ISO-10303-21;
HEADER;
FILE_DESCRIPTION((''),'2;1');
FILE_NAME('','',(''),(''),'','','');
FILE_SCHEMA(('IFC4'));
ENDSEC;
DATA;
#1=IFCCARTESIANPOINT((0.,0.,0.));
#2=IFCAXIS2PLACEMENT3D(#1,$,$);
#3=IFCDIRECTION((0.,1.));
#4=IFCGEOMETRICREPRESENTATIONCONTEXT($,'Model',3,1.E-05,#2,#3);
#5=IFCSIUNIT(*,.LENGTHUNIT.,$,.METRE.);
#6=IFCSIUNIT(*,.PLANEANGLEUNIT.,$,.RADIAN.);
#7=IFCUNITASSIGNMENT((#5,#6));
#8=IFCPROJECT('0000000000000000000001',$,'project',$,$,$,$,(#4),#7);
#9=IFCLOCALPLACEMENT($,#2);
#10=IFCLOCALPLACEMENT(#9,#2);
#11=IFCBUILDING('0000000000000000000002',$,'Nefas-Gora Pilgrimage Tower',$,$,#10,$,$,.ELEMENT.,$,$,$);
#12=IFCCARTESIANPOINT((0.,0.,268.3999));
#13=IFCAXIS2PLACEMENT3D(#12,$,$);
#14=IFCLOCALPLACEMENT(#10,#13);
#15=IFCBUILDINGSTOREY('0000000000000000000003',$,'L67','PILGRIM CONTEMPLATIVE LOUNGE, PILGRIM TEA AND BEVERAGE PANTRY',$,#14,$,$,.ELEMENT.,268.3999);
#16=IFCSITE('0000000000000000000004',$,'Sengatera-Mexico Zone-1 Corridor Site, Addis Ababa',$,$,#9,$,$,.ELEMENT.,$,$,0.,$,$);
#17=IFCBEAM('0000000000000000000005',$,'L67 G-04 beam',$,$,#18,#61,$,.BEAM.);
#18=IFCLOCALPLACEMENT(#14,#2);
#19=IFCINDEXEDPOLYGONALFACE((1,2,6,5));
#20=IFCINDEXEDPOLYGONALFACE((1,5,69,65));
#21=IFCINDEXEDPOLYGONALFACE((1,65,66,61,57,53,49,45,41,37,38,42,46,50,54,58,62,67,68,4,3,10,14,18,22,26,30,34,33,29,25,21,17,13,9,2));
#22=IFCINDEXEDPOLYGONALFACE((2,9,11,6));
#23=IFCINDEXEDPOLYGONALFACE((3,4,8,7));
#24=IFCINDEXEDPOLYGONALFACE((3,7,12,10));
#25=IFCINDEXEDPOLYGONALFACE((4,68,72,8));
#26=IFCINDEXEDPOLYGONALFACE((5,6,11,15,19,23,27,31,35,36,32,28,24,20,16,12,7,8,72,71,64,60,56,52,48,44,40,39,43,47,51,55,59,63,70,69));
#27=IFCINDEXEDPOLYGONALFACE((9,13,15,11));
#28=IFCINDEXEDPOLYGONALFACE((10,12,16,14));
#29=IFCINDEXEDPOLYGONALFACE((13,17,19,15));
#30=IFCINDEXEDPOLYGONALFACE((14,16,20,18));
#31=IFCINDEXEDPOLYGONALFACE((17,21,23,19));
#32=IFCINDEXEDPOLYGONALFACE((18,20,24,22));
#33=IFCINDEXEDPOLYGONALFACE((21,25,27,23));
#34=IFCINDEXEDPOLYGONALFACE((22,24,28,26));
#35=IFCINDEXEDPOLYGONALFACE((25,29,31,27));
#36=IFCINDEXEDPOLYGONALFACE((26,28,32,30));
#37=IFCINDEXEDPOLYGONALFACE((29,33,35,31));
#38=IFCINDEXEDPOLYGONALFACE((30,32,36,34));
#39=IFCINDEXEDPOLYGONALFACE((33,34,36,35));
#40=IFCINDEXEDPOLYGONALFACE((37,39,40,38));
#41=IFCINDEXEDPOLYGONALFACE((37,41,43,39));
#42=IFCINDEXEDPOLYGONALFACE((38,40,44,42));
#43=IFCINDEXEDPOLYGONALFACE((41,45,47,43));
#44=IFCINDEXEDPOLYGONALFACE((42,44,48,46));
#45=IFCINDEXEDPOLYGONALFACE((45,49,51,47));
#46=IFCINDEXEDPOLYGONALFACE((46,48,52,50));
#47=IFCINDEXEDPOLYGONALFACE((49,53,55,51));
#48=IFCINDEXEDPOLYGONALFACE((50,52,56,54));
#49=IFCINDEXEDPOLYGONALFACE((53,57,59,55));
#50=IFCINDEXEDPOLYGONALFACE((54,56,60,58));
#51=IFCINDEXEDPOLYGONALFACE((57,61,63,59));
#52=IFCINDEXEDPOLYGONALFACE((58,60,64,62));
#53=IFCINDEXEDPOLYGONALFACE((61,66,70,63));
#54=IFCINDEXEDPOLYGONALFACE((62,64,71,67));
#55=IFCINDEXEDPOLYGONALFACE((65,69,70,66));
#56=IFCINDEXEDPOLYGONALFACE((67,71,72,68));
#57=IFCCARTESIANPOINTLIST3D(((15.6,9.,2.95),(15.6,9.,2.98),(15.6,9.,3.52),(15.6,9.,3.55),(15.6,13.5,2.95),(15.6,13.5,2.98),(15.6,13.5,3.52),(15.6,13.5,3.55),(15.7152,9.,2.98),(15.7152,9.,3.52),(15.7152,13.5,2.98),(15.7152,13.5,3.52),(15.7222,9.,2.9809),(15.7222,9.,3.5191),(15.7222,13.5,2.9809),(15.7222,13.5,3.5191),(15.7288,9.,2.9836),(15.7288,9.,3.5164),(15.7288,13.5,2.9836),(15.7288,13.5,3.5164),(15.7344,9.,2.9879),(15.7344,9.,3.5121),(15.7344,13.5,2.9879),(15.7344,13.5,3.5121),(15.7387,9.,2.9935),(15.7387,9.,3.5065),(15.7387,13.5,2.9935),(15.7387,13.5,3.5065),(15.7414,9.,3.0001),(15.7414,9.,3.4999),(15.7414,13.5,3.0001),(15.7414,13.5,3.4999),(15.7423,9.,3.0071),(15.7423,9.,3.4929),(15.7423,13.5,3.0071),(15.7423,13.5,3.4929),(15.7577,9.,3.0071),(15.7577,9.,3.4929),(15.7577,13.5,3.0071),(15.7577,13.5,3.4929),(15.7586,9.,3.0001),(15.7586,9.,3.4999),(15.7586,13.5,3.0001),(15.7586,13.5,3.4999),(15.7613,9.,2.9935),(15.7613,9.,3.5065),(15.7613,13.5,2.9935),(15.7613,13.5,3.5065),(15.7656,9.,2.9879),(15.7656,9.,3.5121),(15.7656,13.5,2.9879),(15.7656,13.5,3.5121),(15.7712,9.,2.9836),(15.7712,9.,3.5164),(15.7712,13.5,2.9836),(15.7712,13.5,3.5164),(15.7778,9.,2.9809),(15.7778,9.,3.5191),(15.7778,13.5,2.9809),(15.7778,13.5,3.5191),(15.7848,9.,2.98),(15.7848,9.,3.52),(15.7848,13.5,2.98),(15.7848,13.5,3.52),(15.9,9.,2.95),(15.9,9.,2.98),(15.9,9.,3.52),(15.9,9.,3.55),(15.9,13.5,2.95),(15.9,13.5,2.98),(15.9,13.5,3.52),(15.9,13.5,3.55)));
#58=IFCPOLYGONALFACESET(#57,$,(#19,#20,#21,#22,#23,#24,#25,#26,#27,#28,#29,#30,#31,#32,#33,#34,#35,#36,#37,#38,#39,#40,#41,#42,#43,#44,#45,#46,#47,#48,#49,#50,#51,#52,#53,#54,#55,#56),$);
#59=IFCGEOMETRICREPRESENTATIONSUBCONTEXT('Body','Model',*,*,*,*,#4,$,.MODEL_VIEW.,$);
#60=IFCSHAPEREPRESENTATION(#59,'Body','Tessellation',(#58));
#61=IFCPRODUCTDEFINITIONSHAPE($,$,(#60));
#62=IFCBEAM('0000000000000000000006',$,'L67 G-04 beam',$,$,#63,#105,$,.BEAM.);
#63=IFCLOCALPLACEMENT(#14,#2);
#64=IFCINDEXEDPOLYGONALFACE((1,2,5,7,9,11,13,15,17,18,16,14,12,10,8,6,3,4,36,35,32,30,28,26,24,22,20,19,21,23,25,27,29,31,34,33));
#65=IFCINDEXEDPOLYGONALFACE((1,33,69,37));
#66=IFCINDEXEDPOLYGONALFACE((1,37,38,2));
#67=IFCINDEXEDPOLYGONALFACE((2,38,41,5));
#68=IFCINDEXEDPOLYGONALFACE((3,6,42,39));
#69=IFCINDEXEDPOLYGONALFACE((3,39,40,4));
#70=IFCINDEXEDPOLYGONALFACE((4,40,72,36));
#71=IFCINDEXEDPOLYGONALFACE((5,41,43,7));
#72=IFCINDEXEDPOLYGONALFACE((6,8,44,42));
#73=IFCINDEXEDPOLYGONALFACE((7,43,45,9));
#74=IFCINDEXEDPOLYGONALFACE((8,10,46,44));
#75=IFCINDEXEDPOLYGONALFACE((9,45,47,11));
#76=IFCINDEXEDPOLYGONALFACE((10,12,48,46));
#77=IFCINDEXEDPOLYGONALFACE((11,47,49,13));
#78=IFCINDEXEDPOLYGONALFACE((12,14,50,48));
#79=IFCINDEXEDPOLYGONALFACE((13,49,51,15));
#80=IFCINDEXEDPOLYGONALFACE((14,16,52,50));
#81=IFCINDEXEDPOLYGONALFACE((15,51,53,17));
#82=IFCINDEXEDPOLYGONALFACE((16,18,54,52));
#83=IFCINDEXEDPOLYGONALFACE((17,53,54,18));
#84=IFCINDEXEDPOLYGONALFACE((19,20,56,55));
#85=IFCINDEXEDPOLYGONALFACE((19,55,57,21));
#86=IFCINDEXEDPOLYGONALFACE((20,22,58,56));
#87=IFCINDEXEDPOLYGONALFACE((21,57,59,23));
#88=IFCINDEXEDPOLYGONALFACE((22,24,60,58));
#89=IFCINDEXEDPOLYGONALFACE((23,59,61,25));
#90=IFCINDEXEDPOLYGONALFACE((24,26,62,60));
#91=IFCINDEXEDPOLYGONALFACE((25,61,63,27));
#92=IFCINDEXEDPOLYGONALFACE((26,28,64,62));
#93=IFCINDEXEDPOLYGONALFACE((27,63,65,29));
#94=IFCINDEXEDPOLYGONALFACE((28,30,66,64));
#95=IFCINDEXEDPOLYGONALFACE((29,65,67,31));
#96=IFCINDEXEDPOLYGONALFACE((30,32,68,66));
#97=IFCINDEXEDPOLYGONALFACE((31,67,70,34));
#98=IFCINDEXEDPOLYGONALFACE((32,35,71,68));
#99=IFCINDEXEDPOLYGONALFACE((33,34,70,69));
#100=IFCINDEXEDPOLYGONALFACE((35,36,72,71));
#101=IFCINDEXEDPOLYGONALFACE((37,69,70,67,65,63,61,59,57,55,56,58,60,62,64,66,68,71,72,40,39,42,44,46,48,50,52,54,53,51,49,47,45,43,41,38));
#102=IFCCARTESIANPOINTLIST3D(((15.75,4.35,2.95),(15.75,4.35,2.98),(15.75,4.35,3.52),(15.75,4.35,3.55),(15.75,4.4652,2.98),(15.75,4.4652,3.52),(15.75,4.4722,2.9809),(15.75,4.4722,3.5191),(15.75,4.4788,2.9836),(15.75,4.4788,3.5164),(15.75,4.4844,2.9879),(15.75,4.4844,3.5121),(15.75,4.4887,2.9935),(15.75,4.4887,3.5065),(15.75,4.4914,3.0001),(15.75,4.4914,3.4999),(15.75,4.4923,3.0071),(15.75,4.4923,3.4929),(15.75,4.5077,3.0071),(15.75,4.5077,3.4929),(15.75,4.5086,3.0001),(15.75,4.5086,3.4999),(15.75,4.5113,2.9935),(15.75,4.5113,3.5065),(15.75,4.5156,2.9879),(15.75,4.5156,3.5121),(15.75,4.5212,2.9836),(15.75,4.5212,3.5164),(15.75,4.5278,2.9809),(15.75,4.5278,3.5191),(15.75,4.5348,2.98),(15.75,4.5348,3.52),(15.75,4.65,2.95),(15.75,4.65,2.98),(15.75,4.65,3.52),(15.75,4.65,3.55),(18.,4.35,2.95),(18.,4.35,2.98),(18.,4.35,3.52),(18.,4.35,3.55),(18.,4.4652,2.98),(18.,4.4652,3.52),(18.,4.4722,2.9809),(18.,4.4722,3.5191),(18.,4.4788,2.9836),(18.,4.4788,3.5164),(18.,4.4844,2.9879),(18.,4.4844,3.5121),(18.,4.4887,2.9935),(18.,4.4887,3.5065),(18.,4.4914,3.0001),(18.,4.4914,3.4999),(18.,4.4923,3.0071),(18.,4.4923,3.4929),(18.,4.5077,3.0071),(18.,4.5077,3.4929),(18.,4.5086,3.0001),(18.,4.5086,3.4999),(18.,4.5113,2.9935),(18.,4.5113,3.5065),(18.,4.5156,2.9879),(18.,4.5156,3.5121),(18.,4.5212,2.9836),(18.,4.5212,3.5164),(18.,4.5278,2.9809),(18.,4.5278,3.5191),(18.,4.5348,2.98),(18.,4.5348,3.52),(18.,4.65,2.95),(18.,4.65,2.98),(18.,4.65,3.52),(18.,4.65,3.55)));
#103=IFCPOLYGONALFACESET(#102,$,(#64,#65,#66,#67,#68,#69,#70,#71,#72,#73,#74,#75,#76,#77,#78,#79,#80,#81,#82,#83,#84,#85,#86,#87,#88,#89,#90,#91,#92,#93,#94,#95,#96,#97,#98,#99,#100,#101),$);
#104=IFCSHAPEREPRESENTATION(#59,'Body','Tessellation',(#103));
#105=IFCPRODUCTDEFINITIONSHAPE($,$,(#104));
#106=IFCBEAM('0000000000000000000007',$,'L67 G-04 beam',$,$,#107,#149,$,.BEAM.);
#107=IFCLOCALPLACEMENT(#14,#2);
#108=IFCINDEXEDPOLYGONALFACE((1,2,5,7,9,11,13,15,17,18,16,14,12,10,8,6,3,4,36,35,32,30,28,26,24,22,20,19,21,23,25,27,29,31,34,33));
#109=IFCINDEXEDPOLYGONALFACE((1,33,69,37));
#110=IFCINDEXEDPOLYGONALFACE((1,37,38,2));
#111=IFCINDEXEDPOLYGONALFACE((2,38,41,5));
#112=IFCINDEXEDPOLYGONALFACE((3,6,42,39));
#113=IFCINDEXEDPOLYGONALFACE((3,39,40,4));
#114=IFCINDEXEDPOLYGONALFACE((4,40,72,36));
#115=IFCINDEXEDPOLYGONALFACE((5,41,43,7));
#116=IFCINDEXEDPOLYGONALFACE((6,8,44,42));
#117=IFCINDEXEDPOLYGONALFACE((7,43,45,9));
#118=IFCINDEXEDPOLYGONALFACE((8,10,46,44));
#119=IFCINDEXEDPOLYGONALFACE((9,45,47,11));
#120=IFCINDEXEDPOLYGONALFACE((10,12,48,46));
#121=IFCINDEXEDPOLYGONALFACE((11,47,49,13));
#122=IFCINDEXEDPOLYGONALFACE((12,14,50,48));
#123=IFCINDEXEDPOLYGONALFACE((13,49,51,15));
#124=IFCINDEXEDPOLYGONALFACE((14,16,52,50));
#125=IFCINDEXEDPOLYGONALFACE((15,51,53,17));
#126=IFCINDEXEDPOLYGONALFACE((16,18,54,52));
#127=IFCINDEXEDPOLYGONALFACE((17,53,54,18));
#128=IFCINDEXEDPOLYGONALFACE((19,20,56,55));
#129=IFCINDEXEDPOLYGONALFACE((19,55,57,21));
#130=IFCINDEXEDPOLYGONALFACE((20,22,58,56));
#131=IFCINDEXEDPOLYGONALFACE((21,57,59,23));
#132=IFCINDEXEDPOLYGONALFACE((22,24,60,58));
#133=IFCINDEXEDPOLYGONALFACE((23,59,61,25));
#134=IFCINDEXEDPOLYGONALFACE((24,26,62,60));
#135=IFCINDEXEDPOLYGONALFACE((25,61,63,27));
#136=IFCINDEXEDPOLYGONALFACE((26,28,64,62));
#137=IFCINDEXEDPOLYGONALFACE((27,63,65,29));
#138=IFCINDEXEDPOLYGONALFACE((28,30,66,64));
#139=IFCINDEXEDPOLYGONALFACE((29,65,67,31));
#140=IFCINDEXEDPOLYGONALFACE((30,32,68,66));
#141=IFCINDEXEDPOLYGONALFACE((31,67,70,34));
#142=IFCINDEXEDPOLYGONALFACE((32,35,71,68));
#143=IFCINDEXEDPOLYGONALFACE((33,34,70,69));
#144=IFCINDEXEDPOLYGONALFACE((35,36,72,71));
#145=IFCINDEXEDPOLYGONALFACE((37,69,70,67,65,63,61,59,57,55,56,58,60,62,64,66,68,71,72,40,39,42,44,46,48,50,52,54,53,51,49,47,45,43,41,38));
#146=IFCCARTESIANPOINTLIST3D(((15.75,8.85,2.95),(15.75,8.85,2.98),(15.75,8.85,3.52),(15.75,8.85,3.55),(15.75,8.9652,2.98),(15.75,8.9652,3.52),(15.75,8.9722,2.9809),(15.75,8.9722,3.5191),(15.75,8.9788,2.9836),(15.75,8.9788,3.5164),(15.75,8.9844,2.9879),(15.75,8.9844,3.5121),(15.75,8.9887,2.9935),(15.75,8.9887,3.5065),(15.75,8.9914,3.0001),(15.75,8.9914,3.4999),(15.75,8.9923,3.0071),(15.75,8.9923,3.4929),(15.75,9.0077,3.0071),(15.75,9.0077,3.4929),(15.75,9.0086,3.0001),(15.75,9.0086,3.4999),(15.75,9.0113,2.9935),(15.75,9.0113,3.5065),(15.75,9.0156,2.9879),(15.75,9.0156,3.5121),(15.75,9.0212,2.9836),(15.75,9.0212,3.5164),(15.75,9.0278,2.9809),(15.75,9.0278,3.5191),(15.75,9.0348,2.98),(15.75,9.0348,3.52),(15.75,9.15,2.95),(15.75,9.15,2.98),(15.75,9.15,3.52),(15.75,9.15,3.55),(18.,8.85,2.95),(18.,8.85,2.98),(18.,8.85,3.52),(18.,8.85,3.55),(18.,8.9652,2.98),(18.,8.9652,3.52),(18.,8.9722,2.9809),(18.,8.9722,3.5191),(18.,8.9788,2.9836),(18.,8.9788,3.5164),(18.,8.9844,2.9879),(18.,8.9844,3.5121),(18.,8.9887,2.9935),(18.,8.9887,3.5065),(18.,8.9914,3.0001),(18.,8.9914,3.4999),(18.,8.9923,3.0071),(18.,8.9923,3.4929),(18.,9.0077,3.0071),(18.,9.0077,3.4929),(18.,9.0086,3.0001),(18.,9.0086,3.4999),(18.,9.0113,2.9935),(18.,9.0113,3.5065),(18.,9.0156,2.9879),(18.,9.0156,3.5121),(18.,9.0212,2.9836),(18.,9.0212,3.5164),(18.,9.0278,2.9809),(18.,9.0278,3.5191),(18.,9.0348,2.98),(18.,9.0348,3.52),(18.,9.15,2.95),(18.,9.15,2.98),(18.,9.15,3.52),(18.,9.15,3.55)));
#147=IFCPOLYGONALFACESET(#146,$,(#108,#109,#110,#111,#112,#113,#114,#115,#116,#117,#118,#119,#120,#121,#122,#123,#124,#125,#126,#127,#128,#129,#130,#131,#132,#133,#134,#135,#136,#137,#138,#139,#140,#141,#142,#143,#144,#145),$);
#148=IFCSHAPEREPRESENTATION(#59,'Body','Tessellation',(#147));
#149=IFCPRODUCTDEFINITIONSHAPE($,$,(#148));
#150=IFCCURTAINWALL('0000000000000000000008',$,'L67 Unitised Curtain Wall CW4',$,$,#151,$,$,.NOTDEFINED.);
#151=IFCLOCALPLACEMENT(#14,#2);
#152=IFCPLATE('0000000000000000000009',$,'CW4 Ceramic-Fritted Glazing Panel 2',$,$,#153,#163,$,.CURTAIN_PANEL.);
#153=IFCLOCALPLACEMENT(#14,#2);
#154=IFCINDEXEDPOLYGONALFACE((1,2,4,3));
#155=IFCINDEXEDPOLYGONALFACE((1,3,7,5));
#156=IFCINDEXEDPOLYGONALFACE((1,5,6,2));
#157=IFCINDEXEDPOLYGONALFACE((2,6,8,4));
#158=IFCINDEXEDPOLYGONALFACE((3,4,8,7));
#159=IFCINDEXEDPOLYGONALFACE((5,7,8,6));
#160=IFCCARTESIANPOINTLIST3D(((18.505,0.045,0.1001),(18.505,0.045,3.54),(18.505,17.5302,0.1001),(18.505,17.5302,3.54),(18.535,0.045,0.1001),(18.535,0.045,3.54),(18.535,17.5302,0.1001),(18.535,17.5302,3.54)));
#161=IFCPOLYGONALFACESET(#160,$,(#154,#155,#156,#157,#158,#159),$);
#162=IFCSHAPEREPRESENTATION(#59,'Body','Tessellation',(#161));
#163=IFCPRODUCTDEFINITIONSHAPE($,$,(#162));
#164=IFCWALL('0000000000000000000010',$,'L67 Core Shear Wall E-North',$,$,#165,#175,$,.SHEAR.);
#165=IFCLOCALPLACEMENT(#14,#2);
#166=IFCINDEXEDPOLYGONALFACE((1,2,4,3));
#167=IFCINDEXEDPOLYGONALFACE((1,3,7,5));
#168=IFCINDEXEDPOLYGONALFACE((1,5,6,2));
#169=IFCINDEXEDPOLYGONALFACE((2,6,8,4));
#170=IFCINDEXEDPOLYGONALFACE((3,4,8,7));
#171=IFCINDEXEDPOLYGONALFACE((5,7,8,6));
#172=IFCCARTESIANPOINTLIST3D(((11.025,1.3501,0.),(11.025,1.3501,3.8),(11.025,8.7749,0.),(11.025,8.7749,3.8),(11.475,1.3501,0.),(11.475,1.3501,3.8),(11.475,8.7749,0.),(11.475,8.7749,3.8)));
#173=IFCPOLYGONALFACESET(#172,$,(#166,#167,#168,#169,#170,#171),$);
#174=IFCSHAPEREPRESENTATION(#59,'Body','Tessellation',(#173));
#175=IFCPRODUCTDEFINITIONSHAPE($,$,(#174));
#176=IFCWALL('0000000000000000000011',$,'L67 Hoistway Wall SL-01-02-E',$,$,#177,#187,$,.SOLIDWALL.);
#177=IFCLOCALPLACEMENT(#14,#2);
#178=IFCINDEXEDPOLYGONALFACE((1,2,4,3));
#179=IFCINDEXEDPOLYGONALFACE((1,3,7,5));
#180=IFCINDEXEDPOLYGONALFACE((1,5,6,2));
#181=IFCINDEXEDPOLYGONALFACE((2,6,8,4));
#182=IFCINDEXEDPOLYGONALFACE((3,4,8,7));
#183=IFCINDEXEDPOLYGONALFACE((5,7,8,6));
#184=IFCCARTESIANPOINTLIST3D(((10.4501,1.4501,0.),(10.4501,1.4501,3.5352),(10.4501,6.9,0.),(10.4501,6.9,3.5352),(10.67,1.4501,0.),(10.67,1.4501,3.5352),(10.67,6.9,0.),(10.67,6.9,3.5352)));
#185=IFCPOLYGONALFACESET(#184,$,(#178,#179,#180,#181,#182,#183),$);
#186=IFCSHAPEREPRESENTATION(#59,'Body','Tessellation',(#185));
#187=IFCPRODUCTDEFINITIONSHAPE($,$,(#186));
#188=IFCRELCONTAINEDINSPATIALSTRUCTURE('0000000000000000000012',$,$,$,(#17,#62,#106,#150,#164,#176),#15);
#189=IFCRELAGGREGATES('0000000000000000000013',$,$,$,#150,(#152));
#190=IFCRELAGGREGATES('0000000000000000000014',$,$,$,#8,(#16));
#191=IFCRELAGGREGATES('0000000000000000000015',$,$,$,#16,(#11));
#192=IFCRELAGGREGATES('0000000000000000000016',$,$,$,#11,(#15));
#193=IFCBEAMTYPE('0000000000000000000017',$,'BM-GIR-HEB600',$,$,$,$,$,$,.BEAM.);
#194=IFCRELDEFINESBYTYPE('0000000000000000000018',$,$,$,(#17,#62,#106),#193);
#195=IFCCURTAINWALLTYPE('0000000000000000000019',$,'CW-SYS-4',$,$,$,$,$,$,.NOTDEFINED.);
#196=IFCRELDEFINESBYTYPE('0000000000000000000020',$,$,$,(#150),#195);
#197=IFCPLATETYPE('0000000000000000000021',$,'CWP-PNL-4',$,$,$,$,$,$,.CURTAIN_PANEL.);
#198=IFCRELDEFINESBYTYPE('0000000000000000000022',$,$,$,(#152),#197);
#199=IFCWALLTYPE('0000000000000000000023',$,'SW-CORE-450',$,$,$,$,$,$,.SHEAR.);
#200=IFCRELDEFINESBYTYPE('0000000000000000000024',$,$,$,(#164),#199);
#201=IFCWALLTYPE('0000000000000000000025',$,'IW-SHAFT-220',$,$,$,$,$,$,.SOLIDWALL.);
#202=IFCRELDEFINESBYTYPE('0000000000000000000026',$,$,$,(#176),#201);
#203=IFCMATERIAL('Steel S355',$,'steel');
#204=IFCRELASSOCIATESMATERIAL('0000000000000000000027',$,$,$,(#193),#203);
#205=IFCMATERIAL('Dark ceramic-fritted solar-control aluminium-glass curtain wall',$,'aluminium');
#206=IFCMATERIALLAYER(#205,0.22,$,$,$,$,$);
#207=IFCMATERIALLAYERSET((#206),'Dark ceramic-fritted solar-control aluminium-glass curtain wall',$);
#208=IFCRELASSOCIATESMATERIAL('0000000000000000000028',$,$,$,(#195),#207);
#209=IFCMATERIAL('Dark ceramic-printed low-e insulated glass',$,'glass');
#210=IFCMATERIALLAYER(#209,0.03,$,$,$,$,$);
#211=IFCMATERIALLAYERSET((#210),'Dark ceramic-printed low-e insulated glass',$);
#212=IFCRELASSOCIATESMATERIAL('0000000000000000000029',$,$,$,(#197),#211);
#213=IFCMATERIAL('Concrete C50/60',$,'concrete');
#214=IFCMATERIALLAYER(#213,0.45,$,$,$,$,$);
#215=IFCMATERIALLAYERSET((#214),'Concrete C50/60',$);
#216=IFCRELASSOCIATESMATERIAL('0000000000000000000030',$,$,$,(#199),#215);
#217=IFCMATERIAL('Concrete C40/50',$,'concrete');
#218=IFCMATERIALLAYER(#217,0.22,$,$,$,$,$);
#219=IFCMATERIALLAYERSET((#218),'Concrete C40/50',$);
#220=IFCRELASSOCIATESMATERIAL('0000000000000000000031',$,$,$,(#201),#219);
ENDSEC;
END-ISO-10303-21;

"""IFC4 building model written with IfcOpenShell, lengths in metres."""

from ifc_helpers import new_model, si_unit, direction, frame, frame_2d, origin, origin_2d, place, context, subcontext, project, spatial, rectangle, i_section, extrude, source, transform, mapped, material, layer, layer_set, material_profile, profile_set, type_object, element, aggregate, save


model = new_model("IFC4")

# Units and contexts
model_context = context("Model", 3, precision=1e-05, world=origin(), true_north=direction((0.0, 1.0)))
body_context = subcontext(model_context, "Body", "Model", "MODEL_VIEW")
ifc_project = project(units=[si_unit("LENGTHUNIT", "METRE"), si_unit("PLANEANGLEUNIT", "RADIAN")], contexts=[model_context])

# Site, building, storey
site_placement = place(None, origin())
site = spatial("IfcSite", under=ifc_project, at=site_placement, Name="Sengatera-Mexico Zone-1 Corridor Site, Addis Ababa", CompositionType="ELEMENT", RefElevation=0.0)
building_placement = place(site_placement, origin())
building = spatial("IfcBuilding", under=site, at=building_placement, Name="Nefas-Gora Pilgrimage Tower", CompositionType="ELEMENT")
storey_placement = place(building_placement, frame((0.0, 0.0, 268.3999)))
storey = spatial("IfcBuildingStorey", under=building, at=storey_placement, Name="L67", Description="PILGRIM CONTEMPLATIVE LOUNGE, PILGRIM TEA AND BEVERAGE PANTRY", CompositionType="ELEMENT", Elevation=268.3999)

# Shared definitions
ifc_material_1 = material(Name="Steel S355", Category="steel")

# Beams
ifc_material_profile_1 = material_profile(ifc_material_1, i_section(OverallWidth=0.3, OverallDepth=0.6001, WebThickness=0.0154, FlangeThickness=0.03, FilletRadius=0.0271, at=origin_2d()), Name="HEB 600")
ifc_profile_set_1 = profile_set([ifc_material_profile_1], Name="Steel S355")
beam_type_1 = type_object("IfcBeamType", Name="BM-GIR-HEB600", PredefinedType="BEAM", material=ifc_profile_set_1)
shared_shape_1 = source(origin(), body_context, "Body", "SweptSolid", [
    extrude(i_section(OverallWidth=0.3, OverallDepth=0.6001, WebThickness=0.0154, FlangeThickness=0.03, FilletRadius=0.0271, at=origin_2d()), origin(), (0.0, 0.0, 1.0), 4.5),
])
for number, where, z_axis, x_axis, name in (
    (1, (15.75, 9.0, 3.25), (0.0, 1.0, 0.0), (-1.0, 0.0, 0.0), "L67 G-04 beam"),
):
    element("IfcBeam", number, at=place(storey_placement, frame(where, z_axis=z_axis, x_axis=x_axis)), inside=storey, type_object=beam_type_1, Name=name, PredefinedType="BEAM", context=body_context, shape_type="MappedRepresentation", body=[
        mapped(shared_shape_1, transform((0.0, 0.0, 0.0), x_axis=(1.0, 0.0, 0.0), y_axis=(0.0, 1.0, 0.0), z_axis=(0.0, 0.0, 1.0), scale=1.0)),
    ])
shared_shape_2 = source(origin(), body_context, "Body", "SweptSolid", [
    extrude(i_section(OverallWidth=0.3, OverallDepth=0.6001, WebThickness=0.0154, FlangeThickness=0.03, FilletRadius=0.0271, at=origin_2d()), origin(), (0.0, 0.0, 1.0), 2.25),
])
for number, where, z_axis, x_axis, name in (
    (2, (15.75, 4.5, 3.25), (1.0, 0.0, 0.0), (0.0, 1.0, 0.0), "L67 G-04 beam"),
    (3, (15.75, 9.0, 3.25), (1.0, 0.0, 0.0), (0.0, 1.0, 0.0), "L67 G-04 beam"),
):
    element("IfcBeam", number, at=place(storey_placement, frame(where, z_axis=z_axis, x_axis=x_axis)), inside=storey, type_object=beam_type_1, Name=name, PredefinedType="BEAM", context=body_context, shape_type="MappedRepresentation", body=[
        mapped(shared_shape_2, transform((0.0, 0.0, 0.0), x_axis=(1.0, 0.0, 0.0), y_axis=(0.0, 1.0, 0.0), z_axis=(0.0, 0.0, 1.0), scale=1.0)),
    ])

# Curtain wall, plate
ifc_material_2 = material(Name="Dark ceramic-fritted solar-control aluminium-glass curtain wall", Category="aluminium")
ifc_layer_1 = layer(ifc_material_2, 0.22)
ifc_layer_set_1 = layer_set([ifc_layer_1], Name="Dark ceramic-fritted solar-control aluminium-glass curtain wall")
curtain_wall_type = type_object("IfcCurtainWallType", Name="CW-SYS-4", PredefinedType="NOTDEFINED", material=ifc_layer_set_1)
curtain_wall_placement = place(storey_placement, origin())
curtain_wall = element("IfcCurtainWall", 4, at=curtain_wall_placement, inside=storey, type_object=curtain_wall_type, Name="L67 Unitised Curtain Wall CW4", PredefinedType="NOTDEFINED")
ifc_material_3 = material(Name="Dark ceramic-printed low-e insulated glass", Category="glass")
ifc_layer_2 = layer(ifc_material_3, 0.03)
ifc_layer_set_2 = layer_set([ifc_layer_2], Name="Dark ceramic-printed low-e insulated glass")
plate_type = type_object("IfcPlateType", Name="CWP-PNL-4", PredefinedType="CURTAIN_PANEL", material=ifc_layer_set_2)
shared_shape_3 = source(origin(), body_context, "Body", "SweptSolid", [
    extrude(rectangle(XDim=17.4851, YDim=0.03, at=origin_2d()), origin(), (0.0, 0.0, 1.0), 3.4399),
])
plate_placement = place(storey_placement, frame((18.52, 8.7876, 0.1001), z_axis=(0.0, 0.0, 1.0), x_axis=(0.0, 1.0, 0.0)))
plate = element("IfcPlate", 5, at=plate_placement, type_object=plate_type, Name="CW4 Ceramic-Fritted Glazing Panel 2", PredefinedType="CURTAIN_PANEL", context=body_context, shape_type="MappedRepresentation", body=[
    mapped(shared_shape_3, transform((0.0, 0.0, 0.0), x_axis=(1.0, 0.0, 0.0), y_axis=(0.0, 1.0, 0.0), z_axis=(0.0, 0.0, 1.0), scale=1.0)),
])
aggregate(curtain_wall, [plate])

# Walls
ifc_material_4 = material(Name="Concrete C50/60", Category="concrete")
ifc_layer_3 = layer(ifc_material_4, 0.45)
ifc_layer_set_3 = layer_set([ifc_layer_3], Name="Concrete C50/60")
wall_type_1 = type_object("IfcWallType", Name="SW-CORE-450", PredefinedType="SHEAR", material=ifc_layer_set_3)
shared_shape_4 = source(origin(), body_context, "Body", "SweptSolid", [
    extrude(rectangle(XDim=7.4248, YDim=0.45, at=frame_2d((3.7124, 0.0))), origin(), (0.0, 0.0, 1.0), 3.8),
])
wall_1_placement = place(storey_placement, frame((11.25, 1.3501, 0.0), z_axis=(0.0, 0.0, 1.0), x_axis=(0.0, 1.0, 0.0)))
element("IfcWall", 6, at=wall_1_placement, inside=storey, type_object=wall_type_1, Name="L67 Core Shear Wall E-North", PredefinedType="SHEAR", context=body_context, shape_type="MappedRepresentation", body=[
    mapped(shared_shape_4, transform((0.0, 0.0, 0.0), x_axis=(1.0, 0.0, 0.0), y_axis=(0.0, 1.0, 0.0), z_axis=(0.0, 0.0, 1.0), scale=1.0)),
])
ifc_material_5 = material(Name="Concrete C40/50", Category="concrete")
ifc_layer_4 = layer(ifc_material_5, 0.22)
ifc_layer_set_4 = layer_set([ifc_layer_4], Name="Concrete C40/50")
wall_type_2 = type_object("IfcWallType", Name="IW-SHAFT-220", PredefinedType="SOLIDWALL", material=ifc_layer_set_4)
shared_shape_5 = source(origin(), body_context, "Body", "SweptSolid", [
    extrude(rectangle(XDim=5.45, YDim=0.22, at=frame_2d((2.7251, 0.0))), origin(), (0.0, 0.0, 1.0), 3.5352),
])
wall_2_placement = place(storey_placement, frame((10.5601, 1.45, 0.0), z_axis=(0.0, 0.0, 1.0), x_axis=(0.0, 1.0, 0.0)))
element("IfcWall", 7, at=wall_2_placement, inside=storey, type_object=wall_type_2, Name="L67 Hoistway Wall SL-01-02-E", PredefinedType="SOLIDWALL", context=body_context, shape_type="MappedRepresentation", body=[
    mapped(shared_shape_5, transform((0.0, 0.0, 0.0), x_axis=(1.0, 0.0, 0.0), y_axis=(0.0, 1.0, 0.0), z_axis=(0.0, 0.0, 1.0), scale=1.0)),
])

save(model, "model.ifc")
